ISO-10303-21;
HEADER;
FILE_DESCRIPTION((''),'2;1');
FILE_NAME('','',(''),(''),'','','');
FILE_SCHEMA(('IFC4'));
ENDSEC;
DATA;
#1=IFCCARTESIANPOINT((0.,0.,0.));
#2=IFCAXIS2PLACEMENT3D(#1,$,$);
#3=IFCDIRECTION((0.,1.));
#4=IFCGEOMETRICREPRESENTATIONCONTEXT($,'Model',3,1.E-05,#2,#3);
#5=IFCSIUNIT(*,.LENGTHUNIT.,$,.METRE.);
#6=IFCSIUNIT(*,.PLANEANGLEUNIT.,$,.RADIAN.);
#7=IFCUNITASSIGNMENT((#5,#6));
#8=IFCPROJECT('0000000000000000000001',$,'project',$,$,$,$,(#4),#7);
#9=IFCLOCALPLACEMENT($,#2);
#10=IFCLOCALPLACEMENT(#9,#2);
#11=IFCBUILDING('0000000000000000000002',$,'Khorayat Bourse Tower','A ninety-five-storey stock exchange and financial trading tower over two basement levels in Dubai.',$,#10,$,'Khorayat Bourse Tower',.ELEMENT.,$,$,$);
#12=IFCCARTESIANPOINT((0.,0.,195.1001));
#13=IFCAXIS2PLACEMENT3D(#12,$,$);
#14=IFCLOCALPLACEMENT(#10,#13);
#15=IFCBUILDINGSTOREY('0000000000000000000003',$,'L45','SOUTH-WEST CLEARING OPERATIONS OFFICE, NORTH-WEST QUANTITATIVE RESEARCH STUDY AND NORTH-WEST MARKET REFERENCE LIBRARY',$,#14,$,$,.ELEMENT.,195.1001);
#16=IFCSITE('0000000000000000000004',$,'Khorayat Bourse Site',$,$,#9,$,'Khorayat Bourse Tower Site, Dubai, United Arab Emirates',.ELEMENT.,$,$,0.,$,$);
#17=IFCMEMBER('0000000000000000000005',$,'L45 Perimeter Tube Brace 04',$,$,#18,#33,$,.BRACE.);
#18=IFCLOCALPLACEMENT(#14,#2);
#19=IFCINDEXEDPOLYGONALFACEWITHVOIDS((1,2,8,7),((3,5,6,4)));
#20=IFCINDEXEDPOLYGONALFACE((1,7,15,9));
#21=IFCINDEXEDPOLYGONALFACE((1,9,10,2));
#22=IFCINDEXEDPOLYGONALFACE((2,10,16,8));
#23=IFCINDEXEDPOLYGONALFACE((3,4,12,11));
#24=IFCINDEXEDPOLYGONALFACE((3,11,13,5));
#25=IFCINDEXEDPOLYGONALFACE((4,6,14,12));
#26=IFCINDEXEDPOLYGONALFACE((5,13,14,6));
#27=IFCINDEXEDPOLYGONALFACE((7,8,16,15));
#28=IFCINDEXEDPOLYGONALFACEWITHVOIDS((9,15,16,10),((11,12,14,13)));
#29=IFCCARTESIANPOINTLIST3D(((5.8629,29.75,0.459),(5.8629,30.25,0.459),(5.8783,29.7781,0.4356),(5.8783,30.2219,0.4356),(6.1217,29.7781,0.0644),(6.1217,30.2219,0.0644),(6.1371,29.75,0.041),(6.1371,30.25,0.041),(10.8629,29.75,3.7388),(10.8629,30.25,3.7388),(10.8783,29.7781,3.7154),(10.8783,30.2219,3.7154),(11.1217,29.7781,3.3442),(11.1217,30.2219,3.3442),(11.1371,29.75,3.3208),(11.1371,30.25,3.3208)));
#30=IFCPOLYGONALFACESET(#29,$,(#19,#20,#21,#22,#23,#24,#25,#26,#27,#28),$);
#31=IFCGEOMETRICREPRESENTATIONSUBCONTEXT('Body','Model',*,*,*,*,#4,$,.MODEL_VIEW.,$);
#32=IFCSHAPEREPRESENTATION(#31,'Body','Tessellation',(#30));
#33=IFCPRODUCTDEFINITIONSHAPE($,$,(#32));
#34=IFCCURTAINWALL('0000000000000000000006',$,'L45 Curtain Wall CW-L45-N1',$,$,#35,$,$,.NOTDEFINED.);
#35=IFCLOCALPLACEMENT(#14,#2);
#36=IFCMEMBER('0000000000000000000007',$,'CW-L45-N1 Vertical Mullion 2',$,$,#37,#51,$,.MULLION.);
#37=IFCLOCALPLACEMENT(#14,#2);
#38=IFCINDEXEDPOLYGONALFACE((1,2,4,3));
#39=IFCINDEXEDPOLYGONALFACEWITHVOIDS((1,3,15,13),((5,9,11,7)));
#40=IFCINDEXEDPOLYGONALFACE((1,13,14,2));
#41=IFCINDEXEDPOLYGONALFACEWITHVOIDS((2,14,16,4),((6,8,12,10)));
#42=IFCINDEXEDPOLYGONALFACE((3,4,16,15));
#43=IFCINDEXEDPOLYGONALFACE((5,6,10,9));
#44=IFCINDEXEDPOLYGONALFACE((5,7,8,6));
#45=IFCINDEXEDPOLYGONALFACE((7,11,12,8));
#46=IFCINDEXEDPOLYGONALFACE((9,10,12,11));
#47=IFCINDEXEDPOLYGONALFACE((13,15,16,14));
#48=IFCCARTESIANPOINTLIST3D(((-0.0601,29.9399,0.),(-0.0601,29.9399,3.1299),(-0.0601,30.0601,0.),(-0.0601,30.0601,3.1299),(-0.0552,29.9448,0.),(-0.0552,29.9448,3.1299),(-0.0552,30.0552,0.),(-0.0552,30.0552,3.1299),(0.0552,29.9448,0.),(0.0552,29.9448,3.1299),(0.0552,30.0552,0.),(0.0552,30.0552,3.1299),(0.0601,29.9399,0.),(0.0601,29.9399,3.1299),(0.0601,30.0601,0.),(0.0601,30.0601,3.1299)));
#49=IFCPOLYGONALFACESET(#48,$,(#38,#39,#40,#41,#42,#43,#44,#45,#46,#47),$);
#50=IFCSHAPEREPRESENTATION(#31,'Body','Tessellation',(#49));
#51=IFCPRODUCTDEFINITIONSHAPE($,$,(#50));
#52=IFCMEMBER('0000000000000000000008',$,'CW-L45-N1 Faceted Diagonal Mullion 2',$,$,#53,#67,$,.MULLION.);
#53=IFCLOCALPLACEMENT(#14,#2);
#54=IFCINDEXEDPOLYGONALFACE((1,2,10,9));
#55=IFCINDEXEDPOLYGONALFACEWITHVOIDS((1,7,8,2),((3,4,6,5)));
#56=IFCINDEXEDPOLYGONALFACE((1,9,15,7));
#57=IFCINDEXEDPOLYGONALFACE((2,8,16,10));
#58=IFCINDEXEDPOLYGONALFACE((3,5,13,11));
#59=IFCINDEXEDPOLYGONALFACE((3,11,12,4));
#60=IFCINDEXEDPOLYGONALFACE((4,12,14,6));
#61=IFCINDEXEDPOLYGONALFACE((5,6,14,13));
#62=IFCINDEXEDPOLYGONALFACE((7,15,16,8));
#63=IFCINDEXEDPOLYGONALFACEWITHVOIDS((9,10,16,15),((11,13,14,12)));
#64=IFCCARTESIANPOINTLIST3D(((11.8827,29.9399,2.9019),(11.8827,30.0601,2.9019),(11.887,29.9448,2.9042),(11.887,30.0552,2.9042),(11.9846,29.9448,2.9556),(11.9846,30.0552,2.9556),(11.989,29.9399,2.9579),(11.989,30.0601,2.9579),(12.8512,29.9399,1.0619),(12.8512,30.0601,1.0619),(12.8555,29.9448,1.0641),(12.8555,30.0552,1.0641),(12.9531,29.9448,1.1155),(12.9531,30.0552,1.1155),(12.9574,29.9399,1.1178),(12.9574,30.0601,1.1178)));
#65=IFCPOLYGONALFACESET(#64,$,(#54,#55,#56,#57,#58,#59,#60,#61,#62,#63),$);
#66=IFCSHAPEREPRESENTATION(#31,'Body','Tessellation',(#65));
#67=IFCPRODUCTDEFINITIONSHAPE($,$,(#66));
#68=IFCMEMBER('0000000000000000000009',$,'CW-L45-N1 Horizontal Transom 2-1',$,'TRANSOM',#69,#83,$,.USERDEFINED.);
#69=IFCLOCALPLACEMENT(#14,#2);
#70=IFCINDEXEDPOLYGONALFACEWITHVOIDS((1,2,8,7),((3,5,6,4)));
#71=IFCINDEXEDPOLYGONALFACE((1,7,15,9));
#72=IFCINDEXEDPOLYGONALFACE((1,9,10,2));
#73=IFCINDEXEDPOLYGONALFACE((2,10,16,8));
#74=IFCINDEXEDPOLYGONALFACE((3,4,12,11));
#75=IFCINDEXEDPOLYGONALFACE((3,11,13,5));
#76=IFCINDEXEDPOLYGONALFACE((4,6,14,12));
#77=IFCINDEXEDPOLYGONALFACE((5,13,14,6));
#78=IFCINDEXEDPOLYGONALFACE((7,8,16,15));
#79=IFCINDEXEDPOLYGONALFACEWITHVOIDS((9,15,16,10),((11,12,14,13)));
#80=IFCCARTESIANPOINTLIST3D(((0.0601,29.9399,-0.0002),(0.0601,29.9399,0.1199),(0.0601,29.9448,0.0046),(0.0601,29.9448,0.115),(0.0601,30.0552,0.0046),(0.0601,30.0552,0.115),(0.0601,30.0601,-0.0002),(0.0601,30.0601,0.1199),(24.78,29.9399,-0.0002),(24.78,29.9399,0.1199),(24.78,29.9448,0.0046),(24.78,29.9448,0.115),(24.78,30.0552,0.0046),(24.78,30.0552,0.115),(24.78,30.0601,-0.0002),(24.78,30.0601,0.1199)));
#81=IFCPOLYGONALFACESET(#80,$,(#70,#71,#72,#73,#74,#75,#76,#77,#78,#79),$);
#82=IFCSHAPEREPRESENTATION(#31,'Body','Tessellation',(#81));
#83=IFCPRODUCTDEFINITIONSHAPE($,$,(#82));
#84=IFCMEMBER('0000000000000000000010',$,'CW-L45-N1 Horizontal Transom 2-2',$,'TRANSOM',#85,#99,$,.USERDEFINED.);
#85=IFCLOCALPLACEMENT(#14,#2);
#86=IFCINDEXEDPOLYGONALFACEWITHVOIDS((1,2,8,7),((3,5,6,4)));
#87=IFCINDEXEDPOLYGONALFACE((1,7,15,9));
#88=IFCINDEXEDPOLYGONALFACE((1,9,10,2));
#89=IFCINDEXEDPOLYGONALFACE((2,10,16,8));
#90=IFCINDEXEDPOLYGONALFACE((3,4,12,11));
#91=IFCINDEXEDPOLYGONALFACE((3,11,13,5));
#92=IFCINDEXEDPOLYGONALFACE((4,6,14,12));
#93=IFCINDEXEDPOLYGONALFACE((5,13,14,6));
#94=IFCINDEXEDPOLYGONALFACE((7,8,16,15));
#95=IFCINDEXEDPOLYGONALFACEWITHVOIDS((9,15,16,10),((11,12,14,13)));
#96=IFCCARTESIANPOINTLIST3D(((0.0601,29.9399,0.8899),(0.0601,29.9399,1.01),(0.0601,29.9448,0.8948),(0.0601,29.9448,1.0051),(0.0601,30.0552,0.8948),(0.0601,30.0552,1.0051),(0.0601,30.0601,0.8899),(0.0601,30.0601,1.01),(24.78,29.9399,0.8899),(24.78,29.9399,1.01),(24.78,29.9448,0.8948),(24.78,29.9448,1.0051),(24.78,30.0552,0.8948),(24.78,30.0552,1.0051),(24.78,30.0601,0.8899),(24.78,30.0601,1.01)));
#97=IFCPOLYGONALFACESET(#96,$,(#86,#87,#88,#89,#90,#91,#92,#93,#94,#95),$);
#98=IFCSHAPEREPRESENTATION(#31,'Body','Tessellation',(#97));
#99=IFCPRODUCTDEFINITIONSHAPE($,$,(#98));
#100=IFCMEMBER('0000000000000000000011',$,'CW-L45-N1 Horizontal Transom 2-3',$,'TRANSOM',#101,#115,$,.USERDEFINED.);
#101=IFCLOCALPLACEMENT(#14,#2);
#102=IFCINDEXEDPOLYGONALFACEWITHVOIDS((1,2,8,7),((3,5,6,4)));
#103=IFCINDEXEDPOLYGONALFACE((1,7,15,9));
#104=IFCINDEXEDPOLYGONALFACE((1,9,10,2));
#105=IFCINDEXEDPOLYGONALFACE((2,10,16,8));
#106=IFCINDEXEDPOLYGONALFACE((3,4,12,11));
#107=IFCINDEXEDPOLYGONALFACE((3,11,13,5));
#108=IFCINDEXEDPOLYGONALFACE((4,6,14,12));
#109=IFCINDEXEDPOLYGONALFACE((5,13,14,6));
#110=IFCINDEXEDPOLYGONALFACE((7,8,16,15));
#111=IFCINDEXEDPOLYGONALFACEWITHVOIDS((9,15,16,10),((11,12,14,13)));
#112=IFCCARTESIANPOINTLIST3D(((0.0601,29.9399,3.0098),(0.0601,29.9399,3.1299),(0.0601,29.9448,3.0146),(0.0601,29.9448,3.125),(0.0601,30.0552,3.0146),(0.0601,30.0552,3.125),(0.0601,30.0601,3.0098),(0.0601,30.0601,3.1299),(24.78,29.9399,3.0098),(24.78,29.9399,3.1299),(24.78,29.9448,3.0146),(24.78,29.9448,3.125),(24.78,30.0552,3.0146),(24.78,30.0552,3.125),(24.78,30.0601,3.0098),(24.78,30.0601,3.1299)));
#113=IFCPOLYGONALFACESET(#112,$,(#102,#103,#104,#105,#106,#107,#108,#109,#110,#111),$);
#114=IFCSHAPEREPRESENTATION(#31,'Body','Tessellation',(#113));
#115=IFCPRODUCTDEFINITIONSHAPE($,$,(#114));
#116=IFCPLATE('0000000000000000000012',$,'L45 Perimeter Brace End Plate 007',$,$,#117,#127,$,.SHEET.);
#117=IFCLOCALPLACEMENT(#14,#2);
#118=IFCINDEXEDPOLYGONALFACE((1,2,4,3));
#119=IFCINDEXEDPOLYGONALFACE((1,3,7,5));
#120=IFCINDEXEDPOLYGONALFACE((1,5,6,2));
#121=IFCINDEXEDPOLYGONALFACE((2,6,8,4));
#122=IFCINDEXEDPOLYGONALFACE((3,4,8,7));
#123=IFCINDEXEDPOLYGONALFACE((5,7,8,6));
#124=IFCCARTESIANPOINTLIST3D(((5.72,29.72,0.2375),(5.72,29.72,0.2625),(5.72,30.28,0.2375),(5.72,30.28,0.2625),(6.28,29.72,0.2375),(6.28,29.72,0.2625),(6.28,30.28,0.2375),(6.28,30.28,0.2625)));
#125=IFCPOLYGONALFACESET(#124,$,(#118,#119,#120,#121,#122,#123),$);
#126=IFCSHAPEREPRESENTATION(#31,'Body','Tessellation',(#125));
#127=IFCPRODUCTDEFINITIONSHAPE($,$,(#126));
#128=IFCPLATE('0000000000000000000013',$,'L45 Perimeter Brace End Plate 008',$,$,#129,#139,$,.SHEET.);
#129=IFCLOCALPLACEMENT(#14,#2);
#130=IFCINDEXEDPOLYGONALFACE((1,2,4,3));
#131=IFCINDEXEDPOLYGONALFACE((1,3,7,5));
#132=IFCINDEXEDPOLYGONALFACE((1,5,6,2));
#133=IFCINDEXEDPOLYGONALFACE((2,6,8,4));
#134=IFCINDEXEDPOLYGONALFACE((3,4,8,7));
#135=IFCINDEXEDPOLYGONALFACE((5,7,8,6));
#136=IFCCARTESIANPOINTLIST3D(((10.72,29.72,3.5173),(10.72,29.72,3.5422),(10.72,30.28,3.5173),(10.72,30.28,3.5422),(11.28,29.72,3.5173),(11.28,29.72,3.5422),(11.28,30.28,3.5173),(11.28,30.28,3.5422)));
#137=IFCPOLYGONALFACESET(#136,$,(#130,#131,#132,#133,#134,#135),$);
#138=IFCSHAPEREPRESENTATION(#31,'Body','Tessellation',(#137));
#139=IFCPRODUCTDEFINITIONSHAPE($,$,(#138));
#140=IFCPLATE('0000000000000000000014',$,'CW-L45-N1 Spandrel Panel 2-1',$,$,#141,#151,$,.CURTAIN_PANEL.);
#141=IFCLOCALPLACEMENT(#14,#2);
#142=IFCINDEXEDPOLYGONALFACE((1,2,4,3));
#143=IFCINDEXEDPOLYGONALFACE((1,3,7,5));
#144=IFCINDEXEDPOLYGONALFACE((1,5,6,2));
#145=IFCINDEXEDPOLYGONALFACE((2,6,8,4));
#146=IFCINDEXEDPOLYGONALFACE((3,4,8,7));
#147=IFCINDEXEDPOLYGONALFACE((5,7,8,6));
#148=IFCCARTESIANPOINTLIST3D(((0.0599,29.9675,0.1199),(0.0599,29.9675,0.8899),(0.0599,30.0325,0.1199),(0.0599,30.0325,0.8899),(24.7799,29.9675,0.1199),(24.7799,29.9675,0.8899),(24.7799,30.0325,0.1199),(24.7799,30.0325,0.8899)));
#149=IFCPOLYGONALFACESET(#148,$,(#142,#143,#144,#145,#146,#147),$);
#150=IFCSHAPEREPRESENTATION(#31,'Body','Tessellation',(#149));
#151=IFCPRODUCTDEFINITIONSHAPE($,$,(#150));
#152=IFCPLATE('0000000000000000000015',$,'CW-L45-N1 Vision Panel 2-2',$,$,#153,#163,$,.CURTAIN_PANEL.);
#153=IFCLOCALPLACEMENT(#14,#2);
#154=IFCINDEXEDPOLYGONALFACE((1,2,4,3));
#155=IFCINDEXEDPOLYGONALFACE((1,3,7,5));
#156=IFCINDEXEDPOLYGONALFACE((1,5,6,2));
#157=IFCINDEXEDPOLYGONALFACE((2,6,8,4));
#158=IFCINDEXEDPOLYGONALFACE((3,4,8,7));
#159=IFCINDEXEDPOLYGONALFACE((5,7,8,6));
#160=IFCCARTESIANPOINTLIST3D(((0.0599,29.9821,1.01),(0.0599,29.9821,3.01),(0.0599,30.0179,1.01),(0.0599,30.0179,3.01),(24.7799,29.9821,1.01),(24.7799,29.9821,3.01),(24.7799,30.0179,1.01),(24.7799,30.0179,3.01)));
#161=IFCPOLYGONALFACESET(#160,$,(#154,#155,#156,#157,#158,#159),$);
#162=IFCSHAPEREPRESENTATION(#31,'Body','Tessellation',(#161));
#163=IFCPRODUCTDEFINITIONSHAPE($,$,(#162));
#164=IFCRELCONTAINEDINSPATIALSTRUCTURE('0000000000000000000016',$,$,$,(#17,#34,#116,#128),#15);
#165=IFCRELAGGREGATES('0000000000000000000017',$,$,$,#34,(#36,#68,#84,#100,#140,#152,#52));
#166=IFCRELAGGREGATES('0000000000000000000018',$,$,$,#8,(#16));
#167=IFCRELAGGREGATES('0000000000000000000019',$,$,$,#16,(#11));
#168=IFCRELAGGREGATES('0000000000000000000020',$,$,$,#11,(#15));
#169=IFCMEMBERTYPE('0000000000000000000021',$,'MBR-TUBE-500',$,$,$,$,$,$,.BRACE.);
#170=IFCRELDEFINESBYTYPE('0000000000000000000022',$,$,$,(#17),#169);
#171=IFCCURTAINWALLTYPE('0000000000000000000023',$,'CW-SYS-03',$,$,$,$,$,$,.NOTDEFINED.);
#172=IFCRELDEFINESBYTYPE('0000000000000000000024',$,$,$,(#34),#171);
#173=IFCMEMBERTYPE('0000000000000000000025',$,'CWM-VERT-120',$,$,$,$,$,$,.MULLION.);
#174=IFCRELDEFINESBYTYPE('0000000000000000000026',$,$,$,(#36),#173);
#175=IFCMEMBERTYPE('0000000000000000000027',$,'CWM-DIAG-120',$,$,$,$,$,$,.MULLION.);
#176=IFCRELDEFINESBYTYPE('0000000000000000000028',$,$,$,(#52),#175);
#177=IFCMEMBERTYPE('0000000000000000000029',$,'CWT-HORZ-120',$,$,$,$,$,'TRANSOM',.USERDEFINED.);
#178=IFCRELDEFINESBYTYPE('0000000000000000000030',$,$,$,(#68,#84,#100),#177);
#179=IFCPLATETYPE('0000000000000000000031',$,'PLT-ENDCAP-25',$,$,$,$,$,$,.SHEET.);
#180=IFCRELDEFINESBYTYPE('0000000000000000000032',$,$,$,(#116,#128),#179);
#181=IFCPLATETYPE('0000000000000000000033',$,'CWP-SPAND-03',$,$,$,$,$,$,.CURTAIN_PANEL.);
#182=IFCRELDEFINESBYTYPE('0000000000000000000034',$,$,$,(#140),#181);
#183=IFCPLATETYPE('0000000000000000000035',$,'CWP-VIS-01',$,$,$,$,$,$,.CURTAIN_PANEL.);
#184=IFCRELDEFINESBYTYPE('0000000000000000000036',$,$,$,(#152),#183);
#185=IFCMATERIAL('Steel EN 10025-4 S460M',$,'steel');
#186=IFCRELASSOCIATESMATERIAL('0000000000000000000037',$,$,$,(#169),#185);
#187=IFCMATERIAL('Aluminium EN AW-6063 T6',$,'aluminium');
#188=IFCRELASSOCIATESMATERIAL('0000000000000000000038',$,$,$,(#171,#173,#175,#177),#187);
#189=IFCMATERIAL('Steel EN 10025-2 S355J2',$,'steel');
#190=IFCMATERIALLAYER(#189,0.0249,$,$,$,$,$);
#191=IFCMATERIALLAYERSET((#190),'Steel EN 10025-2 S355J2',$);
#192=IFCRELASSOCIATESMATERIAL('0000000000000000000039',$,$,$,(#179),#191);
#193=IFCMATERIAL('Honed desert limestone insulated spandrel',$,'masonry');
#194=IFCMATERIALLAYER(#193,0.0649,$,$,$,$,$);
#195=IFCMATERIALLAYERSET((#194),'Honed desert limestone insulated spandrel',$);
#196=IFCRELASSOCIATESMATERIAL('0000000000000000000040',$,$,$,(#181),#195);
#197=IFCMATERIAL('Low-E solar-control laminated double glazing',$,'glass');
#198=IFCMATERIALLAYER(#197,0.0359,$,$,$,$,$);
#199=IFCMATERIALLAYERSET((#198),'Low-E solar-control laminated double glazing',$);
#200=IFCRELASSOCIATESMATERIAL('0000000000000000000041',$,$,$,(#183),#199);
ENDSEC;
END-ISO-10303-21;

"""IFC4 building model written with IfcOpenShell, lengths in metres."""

from ifc_helpers import new_model, si_unit, direction, frame, origin, origin_2d, place, context, subcontext, project, spatial, rectangle, hollow_rectangle, extrude, source, transform, mapped, material, layer, layer_set, material_profile, profile_set, type_object, element, aggregate, save


model = new_model("IFC4")

# Units and contexts
model_context = context("Model", 3, precision=1e-05, world=origin(), true_north=direction((0.0, 1.0)))
body_context = subcontext(model_context, "Body", "Model", "MODEL_VIEW")
ifc_project = project(units=[si_unit("LENGTHUNIT", "METRE"), si_unit("PLANEANGLEUNIT", "RADIAN")], contexts=[model_context])

# Site, building, storey
site_placement = place(None, origin())
site = spatial("IfcSite", under=ifc_project, at=site_placement, Name="Khorayat Bourse Site", LongName="Khorayat Bourse Tower Site, Dubai, United Arab Emirates", CompositionType="ELEMENT", RefElevation=0.0)
building_placement = place(site_placement, origin())
building = spatial("IfcBuilding", under=site, at=building_placement, Name="Khorayat Bourse Tower", Description="A ninety-five-storey stock exchange and financial trading tower over two basement levels in Dubai.", LongName="Khorayat Bourse Tower", CompositionType="ELEMENT")
storey_placement = place(building_placement, frame((0.0, 0.0, 195.1001)))
storey = spatial("IfcBuildingStorey", under=building, at=storey_placement, Name="L45", Description="SOUTH-WEST CLEARING OPERATIONS OFFICE, NORTH-WEST QUANTITATIVE RESEARCH STUDY AND NORTH-WEST MARKET REFERENCE LIBRARY", CompositionType="ELEMENT", Elevation=195.1001)

# Shared definitions
ifc_material_1 = material(Name="Steel EN 10025-4 S460M", Category="steel")

# Member
ifc_material_profile_1 = material_profile(ifc_material_1, hollow_rectangle(XDim=0.5, YDim=0.5, WallThickness=0.0281, at=origin_2d()), Name="HSS 500x500x28")
ifc_profile_set_1 = profile_set([ifc_material_profile_1], Name="Steel EN 10025-4 S460M")
member_type_1 = type_object("IfcMemberType", Name="MBR-TUBE-500", PredefinedType="BRACE", material=ifc_profile_set_1)
shared_shape_1 = source(origin(), body_context, "Body", "SweptSolid", [
    extrude(hollow_rectangle(XDim=0.5, YDim=0.5, WallThickness=0.0281, at=origin_2d()), origin(), (0.0, 0.0, 1.0), 5.9797),
])
member_1_placement = place(storey_placement, frame((6.0, 30.0, 0.25), z_axis=(0.83616, 0.0, 0.548485), x_axis=(0.0, 1.0, 0.0)))
element("IfcMember", 1, at=member_1_placement, inside=storey, type_object=member_type_1, Name="L45 Perimeter Tube Brace 04", PredefinedType="BRACE", context=body_context, shape_type="MappedRepresentation", body=[
    mapped(shared_shape_1, transform((0.0, 0.0, 0.0), scale=1.0)),
])

# Curtain wall, members
ifc_material_2 = material(Name="Aluminium EN AW-6063 T6", Category="aluminium")
curtain_wall_type = type_object("IfcCurtainWallType", Name="CW-SYS-03", PredefinedType="NOTDEFINED", material=ifc_material_2)
curtain_wall_placement = place(storey_placement, origin())
curtain_wall = element("IfcCurtainWall", 2, at=curtain_wall_placement, inside=storey, type_object=curtain_wall_type, Name="L45 Curtain Wall CW-L45-N1", PredefinedType="NOTDEFINED")
ifc_material_profile_2 = material_profile(ifc_material_2, hollow_rectangle(XDim=0.1201, YDim=0.1201, WallThickness=0.0049, at=origin_2d()), Name="ALU 120x120x5")
ifc_profile_set_2 = profile_set([ifc_material_profile_2], Name="Aluminium EN AW-6063 T6")
member_type_2 = type_object("IfcMemberType", Name="CWM-VERT-120", PredefinedType="MULLION", material=ifc_profile_set_2)
shared_shape_2 = source(origin(), body_context, "Body", "SweptSolid", [
    extrude(hollow_rectangle(XDim=0.1201, YDim=0.1201, WallThickness=0.0049, at=origin_2d()), origin(), (0.0, 0.0, 1.0), 3.1299),
])
member_2_placement = place(storey_placement, frame((0.0, 30.0, 0.0), z_axis=(0.0, 0.0, 1.0), x_axis=(0.0, 1.0, 0.0)))
member_2 = element("IfcMember", 3, at=member_2_placement, type_object=member_type_2, Name="CW-L45-N1 Vertical Mullion 2", PredefinedType="MULLION", context=body_context, shape_type="MappedRepresentation", body=[
    mapped(shared_shape_2, transform((0.0, 0.0, 0.0), scale=1.0)),
])
ifc_material_profile_3 = material_profile(ifc_material_2, hollow_rectangle(XDim=0.1201, YDim=0.1201, WallThickness=0.0049, at=origin_2d()), Name="ALU 120x120x5")
ifc_profile_set_3 = profile_set([ifc_material_profile_3], Name="Aluminium EN AW-6063 T6")
member_type_3 = type_object("IfcMemberType", Name="CWM-DIAG-120", PredefinedType="MULLION", material=ifc_profile_set_3)
shared_shape_3 = source(origin(), body_context, "Body", "SweptSolid", [
    extrude(hollow_rectangle(XDim=0.1201, YDim=0.1201, WallThickness=0.0049, at=origin_2d()), origin(), (0.0, 0.0, 1.0), 2.0793),
])
member_3_placement = place(storey_placement, frame((12.9043, 30.0, 1.0898), z_axis=(-0.465761, 0.0, 0.884911), x_axis=(0.0, -1.0, 0.0)))
member_3 = element("IfcMember", 4, at=member_3_placement, type_object=member_type_3, Name="CW-L45-N1 Faceted Diagonal Mullion 2", PredefinedType="MULLION", context=body_context, shape_type="MappedRepresentation", body=[
    mapped(shared_shape_3, transform((0.0, 0.0, 0.0), scale=1.0)),
])
ifc_material_profile_4 = material_profile(ifc_material_2, hollow_rectangle(XDim=0.1201, YDim=0.1201, WallThickness=0.0049, at=origin_2d()), Name="ALU 120x120x5")
ifc_profile_set_4 = profile_set([ifc_material_profile_4], Name="Aluminium EN AW-6063 T6")
member_type_4 = type_object("IfcMemberType", Name="CWT-HORZ-120", ElementType="TRANSOM", PredefinedType="USERDEFINED", material=ifc_profile_set_4)
shared_shape_4 = source(origin(), body_context, "Body", "SweptSolid", [
    extrude(hollow_rectangle(XDim=0.1201, YDim=0.1201, WallThickness=0.0049, at=origin_2d()), origin(), (0.0, 0.0, 1.0), 24.72),
])
member_4_placement = place(storey_placement, frame((0.0601, 30.0, 0.0598), z_axis=(1.0, 0.0, 0.0), x_axis=(0.0, 1.0, 0.0)))
member_4 = element("IfcMember", 5, at=member_4_placement, type_object=member_type_4, Name="CW-L45-N1 Horizontal Transom 2-1", ObjectType="TRANSOM", PredefinedType="USERDEFINED", context=body_context, shape_type="MappedRepresentation", body=[
    mapped(shared_shape_4, transform((0.0, 0.0, 0.0), scale=1.0)),
])
member_5_placement = place(storey_placement, frame((0.0601, 30.0, 0.95), z_axis=(1.0, 0.0, 0.0), x_axis=(0.0, 1.0, 0.0)))
member_5 = element("IfcMember", 6, at=member_5_placement, type_object=member_type_4, Name="CW-L45-N1 Horizontal Transom 2-2", ObjectType="TRANSOM", PredefinedType="USERDEFINED", context=body_context, shape_type="MappedRepresentation", body=[
    mapped(shared_shape_4, transform((0.0, 0.0, 0.0), scale=1.0)),
])
member_6_placement = place(storey_placement, frame((0.0601, 30.0, 3.0698), z_axis=(1.0, 0.0, 0.0), x_axis=(0.0, 1.0, 0.0)))
member_6 = element("IfcMember", 7, at=member_6_placement, type_object=member_type_4, Name="CW-L45-N1 Horizontal Transom 2-3", ObjectType="TRANSOM", PredefinedType="USERDEFINED", context=body_context, shape_type="MappedRepresentation", body=[
    mapped(shared_shape_4, transform((0.0, 0.0, 0.0), scale=1.0)),
])

# Plates
ifc_material_3 = material(Name="Steel EN 10025-2 S355J2", Category="steel")
ifc_layer_1 = layer(ifc_material_3, 0.0249)
ifc_layer_set_1 = layer_set([ifc_layer_1], Name="Steel EN 10025-2 S355J2")
plate_type_1 = type_object("IfcPlateType", Name="PLT-ENDCAP-25", PredefinedType="SHEET", material=ifc_layer_set_1)
shared_shape_5 = source(origin(), body_context, "Body", "SweptSolid", [
    extrude(rectangle(XDim=0.5601, YDim=0.5601, at=origin_2d()), origin(), (0.0, 0.0, 1.0), 0.0249),
])
for number, where, z_axis, x_axis, name in (
    (8, (6.0, 30.0, 0.2375), (0.0, 0.0, 1.0), (1.0, 0.0, 0.0), "L45 Perimeter Brace End Plate 007"),
    (9, (11.0, 30.0, 3.5173), (0.0, 0.0, 1.0), (1.0, 0.0, 0.0), "L45 Perimeter Brace End Plate 008"),
):
    element("IfcPlate", number, at=place(storey_placement, frame(where, z_axis=z_axis, x_axis=x_axis)), inside=storey, type_object=plate_type_1, Name=name, PredefinedType="SHEET", context=body_context, shape_type="MappedRepresentation", body=[
        mapped(shared_shape_5, transform((0.0, 0.0, 0.0), scale=1.0)),
    ])

# Plates
ifc_material_4 = material(Name="Honed desert limestone insulated spandrel", Category="masonry")
ifc_layer_2 = layer(ifc_material_4, 0.0649)
ifc_layer_set_2 = layer_set([ifc_layer_2], Name="Honed desert limestone insulated spandrel")
plate_type_2 = type_object("IfcPlateType", Name="CWP-SPAND-03", PredefinedType="CURTAIN_PANEL", material=ifc_layer_set_2)
shared_shape_6 = source(origin(), body_context, "Body", "SweptSolid", [
    extrude(rectangle(XDim=24.72, YDim=0.0649, at=origin_2d()), origin(), (0.0, 0.0, 1.0), 0.77),
])
plate_1_placement = place(storey_placement, frame((12.4199, 30.0, 0.1199), z_axis=(0.0, 0.0, 1.0), x_axis=(1.0, 0.0, 0.0)))
plate_1 = element("IfcPlate", 10, at=plate_1_placement, type_object=plate_type_2, Name="CW-L45-N1 Spandrel Panel 2-1", PredefinedType="CURTAIN_PANEL", context=body_context, shape_type="MappedRepresentation", body=[
    mapped(shared_shape_6, transform((0.0, 0.0, 0.0), scale=1.0)),
])
ifc_material_5 = material(Name="Low-E solar-control laminated double glazing", Category="glass")
ifc_layer_3 = layer(ifc_material_5, 0.0359)
ifc_layer_set_3 = layer_set([ifc_layer_3], Name="Low-E solar-control laminated double glazing")
plate_type_3 = type_object("IfcPlateType", Name="CWP-VIS-01", PredefinedType="CURTAIN_PANEL", material=ifc_layer_set_3)
shared_shape_7 = source(origin(), body_context, "Body", "SweptSolid", [
    extrude(rectangle(XDim=24.72, YDim=0.0359, at=origin_2d()), origin(), (0.0, 0.0, 1.0), 2.0),
])
plate_2_placement = place(storey_placement, frame((12.4199, 30.0, 1.01), z_axis=(0.0, 0.0, 1.0), x_axis=(1.0, 0.0, 0.0)))
plate_2 = element("IfcPlate", 11, at=plate_2_placement, type_object=plate_type_3, Name="CW-L45-N1 Vision Panel 2-2", PredefinedType="CURTAIN_PANEL", context=body_context, shape_type="MappedRepresentation", body=[
    mapped(shared_shape_7, transform((0.0, 0.0, 0.0), scale=1.0)),
])
aggregate(curtain_wall, [member_2, member_4, member_5, member_6, plate_1, plate_2, member_3])

save(model, "model.ifc")
